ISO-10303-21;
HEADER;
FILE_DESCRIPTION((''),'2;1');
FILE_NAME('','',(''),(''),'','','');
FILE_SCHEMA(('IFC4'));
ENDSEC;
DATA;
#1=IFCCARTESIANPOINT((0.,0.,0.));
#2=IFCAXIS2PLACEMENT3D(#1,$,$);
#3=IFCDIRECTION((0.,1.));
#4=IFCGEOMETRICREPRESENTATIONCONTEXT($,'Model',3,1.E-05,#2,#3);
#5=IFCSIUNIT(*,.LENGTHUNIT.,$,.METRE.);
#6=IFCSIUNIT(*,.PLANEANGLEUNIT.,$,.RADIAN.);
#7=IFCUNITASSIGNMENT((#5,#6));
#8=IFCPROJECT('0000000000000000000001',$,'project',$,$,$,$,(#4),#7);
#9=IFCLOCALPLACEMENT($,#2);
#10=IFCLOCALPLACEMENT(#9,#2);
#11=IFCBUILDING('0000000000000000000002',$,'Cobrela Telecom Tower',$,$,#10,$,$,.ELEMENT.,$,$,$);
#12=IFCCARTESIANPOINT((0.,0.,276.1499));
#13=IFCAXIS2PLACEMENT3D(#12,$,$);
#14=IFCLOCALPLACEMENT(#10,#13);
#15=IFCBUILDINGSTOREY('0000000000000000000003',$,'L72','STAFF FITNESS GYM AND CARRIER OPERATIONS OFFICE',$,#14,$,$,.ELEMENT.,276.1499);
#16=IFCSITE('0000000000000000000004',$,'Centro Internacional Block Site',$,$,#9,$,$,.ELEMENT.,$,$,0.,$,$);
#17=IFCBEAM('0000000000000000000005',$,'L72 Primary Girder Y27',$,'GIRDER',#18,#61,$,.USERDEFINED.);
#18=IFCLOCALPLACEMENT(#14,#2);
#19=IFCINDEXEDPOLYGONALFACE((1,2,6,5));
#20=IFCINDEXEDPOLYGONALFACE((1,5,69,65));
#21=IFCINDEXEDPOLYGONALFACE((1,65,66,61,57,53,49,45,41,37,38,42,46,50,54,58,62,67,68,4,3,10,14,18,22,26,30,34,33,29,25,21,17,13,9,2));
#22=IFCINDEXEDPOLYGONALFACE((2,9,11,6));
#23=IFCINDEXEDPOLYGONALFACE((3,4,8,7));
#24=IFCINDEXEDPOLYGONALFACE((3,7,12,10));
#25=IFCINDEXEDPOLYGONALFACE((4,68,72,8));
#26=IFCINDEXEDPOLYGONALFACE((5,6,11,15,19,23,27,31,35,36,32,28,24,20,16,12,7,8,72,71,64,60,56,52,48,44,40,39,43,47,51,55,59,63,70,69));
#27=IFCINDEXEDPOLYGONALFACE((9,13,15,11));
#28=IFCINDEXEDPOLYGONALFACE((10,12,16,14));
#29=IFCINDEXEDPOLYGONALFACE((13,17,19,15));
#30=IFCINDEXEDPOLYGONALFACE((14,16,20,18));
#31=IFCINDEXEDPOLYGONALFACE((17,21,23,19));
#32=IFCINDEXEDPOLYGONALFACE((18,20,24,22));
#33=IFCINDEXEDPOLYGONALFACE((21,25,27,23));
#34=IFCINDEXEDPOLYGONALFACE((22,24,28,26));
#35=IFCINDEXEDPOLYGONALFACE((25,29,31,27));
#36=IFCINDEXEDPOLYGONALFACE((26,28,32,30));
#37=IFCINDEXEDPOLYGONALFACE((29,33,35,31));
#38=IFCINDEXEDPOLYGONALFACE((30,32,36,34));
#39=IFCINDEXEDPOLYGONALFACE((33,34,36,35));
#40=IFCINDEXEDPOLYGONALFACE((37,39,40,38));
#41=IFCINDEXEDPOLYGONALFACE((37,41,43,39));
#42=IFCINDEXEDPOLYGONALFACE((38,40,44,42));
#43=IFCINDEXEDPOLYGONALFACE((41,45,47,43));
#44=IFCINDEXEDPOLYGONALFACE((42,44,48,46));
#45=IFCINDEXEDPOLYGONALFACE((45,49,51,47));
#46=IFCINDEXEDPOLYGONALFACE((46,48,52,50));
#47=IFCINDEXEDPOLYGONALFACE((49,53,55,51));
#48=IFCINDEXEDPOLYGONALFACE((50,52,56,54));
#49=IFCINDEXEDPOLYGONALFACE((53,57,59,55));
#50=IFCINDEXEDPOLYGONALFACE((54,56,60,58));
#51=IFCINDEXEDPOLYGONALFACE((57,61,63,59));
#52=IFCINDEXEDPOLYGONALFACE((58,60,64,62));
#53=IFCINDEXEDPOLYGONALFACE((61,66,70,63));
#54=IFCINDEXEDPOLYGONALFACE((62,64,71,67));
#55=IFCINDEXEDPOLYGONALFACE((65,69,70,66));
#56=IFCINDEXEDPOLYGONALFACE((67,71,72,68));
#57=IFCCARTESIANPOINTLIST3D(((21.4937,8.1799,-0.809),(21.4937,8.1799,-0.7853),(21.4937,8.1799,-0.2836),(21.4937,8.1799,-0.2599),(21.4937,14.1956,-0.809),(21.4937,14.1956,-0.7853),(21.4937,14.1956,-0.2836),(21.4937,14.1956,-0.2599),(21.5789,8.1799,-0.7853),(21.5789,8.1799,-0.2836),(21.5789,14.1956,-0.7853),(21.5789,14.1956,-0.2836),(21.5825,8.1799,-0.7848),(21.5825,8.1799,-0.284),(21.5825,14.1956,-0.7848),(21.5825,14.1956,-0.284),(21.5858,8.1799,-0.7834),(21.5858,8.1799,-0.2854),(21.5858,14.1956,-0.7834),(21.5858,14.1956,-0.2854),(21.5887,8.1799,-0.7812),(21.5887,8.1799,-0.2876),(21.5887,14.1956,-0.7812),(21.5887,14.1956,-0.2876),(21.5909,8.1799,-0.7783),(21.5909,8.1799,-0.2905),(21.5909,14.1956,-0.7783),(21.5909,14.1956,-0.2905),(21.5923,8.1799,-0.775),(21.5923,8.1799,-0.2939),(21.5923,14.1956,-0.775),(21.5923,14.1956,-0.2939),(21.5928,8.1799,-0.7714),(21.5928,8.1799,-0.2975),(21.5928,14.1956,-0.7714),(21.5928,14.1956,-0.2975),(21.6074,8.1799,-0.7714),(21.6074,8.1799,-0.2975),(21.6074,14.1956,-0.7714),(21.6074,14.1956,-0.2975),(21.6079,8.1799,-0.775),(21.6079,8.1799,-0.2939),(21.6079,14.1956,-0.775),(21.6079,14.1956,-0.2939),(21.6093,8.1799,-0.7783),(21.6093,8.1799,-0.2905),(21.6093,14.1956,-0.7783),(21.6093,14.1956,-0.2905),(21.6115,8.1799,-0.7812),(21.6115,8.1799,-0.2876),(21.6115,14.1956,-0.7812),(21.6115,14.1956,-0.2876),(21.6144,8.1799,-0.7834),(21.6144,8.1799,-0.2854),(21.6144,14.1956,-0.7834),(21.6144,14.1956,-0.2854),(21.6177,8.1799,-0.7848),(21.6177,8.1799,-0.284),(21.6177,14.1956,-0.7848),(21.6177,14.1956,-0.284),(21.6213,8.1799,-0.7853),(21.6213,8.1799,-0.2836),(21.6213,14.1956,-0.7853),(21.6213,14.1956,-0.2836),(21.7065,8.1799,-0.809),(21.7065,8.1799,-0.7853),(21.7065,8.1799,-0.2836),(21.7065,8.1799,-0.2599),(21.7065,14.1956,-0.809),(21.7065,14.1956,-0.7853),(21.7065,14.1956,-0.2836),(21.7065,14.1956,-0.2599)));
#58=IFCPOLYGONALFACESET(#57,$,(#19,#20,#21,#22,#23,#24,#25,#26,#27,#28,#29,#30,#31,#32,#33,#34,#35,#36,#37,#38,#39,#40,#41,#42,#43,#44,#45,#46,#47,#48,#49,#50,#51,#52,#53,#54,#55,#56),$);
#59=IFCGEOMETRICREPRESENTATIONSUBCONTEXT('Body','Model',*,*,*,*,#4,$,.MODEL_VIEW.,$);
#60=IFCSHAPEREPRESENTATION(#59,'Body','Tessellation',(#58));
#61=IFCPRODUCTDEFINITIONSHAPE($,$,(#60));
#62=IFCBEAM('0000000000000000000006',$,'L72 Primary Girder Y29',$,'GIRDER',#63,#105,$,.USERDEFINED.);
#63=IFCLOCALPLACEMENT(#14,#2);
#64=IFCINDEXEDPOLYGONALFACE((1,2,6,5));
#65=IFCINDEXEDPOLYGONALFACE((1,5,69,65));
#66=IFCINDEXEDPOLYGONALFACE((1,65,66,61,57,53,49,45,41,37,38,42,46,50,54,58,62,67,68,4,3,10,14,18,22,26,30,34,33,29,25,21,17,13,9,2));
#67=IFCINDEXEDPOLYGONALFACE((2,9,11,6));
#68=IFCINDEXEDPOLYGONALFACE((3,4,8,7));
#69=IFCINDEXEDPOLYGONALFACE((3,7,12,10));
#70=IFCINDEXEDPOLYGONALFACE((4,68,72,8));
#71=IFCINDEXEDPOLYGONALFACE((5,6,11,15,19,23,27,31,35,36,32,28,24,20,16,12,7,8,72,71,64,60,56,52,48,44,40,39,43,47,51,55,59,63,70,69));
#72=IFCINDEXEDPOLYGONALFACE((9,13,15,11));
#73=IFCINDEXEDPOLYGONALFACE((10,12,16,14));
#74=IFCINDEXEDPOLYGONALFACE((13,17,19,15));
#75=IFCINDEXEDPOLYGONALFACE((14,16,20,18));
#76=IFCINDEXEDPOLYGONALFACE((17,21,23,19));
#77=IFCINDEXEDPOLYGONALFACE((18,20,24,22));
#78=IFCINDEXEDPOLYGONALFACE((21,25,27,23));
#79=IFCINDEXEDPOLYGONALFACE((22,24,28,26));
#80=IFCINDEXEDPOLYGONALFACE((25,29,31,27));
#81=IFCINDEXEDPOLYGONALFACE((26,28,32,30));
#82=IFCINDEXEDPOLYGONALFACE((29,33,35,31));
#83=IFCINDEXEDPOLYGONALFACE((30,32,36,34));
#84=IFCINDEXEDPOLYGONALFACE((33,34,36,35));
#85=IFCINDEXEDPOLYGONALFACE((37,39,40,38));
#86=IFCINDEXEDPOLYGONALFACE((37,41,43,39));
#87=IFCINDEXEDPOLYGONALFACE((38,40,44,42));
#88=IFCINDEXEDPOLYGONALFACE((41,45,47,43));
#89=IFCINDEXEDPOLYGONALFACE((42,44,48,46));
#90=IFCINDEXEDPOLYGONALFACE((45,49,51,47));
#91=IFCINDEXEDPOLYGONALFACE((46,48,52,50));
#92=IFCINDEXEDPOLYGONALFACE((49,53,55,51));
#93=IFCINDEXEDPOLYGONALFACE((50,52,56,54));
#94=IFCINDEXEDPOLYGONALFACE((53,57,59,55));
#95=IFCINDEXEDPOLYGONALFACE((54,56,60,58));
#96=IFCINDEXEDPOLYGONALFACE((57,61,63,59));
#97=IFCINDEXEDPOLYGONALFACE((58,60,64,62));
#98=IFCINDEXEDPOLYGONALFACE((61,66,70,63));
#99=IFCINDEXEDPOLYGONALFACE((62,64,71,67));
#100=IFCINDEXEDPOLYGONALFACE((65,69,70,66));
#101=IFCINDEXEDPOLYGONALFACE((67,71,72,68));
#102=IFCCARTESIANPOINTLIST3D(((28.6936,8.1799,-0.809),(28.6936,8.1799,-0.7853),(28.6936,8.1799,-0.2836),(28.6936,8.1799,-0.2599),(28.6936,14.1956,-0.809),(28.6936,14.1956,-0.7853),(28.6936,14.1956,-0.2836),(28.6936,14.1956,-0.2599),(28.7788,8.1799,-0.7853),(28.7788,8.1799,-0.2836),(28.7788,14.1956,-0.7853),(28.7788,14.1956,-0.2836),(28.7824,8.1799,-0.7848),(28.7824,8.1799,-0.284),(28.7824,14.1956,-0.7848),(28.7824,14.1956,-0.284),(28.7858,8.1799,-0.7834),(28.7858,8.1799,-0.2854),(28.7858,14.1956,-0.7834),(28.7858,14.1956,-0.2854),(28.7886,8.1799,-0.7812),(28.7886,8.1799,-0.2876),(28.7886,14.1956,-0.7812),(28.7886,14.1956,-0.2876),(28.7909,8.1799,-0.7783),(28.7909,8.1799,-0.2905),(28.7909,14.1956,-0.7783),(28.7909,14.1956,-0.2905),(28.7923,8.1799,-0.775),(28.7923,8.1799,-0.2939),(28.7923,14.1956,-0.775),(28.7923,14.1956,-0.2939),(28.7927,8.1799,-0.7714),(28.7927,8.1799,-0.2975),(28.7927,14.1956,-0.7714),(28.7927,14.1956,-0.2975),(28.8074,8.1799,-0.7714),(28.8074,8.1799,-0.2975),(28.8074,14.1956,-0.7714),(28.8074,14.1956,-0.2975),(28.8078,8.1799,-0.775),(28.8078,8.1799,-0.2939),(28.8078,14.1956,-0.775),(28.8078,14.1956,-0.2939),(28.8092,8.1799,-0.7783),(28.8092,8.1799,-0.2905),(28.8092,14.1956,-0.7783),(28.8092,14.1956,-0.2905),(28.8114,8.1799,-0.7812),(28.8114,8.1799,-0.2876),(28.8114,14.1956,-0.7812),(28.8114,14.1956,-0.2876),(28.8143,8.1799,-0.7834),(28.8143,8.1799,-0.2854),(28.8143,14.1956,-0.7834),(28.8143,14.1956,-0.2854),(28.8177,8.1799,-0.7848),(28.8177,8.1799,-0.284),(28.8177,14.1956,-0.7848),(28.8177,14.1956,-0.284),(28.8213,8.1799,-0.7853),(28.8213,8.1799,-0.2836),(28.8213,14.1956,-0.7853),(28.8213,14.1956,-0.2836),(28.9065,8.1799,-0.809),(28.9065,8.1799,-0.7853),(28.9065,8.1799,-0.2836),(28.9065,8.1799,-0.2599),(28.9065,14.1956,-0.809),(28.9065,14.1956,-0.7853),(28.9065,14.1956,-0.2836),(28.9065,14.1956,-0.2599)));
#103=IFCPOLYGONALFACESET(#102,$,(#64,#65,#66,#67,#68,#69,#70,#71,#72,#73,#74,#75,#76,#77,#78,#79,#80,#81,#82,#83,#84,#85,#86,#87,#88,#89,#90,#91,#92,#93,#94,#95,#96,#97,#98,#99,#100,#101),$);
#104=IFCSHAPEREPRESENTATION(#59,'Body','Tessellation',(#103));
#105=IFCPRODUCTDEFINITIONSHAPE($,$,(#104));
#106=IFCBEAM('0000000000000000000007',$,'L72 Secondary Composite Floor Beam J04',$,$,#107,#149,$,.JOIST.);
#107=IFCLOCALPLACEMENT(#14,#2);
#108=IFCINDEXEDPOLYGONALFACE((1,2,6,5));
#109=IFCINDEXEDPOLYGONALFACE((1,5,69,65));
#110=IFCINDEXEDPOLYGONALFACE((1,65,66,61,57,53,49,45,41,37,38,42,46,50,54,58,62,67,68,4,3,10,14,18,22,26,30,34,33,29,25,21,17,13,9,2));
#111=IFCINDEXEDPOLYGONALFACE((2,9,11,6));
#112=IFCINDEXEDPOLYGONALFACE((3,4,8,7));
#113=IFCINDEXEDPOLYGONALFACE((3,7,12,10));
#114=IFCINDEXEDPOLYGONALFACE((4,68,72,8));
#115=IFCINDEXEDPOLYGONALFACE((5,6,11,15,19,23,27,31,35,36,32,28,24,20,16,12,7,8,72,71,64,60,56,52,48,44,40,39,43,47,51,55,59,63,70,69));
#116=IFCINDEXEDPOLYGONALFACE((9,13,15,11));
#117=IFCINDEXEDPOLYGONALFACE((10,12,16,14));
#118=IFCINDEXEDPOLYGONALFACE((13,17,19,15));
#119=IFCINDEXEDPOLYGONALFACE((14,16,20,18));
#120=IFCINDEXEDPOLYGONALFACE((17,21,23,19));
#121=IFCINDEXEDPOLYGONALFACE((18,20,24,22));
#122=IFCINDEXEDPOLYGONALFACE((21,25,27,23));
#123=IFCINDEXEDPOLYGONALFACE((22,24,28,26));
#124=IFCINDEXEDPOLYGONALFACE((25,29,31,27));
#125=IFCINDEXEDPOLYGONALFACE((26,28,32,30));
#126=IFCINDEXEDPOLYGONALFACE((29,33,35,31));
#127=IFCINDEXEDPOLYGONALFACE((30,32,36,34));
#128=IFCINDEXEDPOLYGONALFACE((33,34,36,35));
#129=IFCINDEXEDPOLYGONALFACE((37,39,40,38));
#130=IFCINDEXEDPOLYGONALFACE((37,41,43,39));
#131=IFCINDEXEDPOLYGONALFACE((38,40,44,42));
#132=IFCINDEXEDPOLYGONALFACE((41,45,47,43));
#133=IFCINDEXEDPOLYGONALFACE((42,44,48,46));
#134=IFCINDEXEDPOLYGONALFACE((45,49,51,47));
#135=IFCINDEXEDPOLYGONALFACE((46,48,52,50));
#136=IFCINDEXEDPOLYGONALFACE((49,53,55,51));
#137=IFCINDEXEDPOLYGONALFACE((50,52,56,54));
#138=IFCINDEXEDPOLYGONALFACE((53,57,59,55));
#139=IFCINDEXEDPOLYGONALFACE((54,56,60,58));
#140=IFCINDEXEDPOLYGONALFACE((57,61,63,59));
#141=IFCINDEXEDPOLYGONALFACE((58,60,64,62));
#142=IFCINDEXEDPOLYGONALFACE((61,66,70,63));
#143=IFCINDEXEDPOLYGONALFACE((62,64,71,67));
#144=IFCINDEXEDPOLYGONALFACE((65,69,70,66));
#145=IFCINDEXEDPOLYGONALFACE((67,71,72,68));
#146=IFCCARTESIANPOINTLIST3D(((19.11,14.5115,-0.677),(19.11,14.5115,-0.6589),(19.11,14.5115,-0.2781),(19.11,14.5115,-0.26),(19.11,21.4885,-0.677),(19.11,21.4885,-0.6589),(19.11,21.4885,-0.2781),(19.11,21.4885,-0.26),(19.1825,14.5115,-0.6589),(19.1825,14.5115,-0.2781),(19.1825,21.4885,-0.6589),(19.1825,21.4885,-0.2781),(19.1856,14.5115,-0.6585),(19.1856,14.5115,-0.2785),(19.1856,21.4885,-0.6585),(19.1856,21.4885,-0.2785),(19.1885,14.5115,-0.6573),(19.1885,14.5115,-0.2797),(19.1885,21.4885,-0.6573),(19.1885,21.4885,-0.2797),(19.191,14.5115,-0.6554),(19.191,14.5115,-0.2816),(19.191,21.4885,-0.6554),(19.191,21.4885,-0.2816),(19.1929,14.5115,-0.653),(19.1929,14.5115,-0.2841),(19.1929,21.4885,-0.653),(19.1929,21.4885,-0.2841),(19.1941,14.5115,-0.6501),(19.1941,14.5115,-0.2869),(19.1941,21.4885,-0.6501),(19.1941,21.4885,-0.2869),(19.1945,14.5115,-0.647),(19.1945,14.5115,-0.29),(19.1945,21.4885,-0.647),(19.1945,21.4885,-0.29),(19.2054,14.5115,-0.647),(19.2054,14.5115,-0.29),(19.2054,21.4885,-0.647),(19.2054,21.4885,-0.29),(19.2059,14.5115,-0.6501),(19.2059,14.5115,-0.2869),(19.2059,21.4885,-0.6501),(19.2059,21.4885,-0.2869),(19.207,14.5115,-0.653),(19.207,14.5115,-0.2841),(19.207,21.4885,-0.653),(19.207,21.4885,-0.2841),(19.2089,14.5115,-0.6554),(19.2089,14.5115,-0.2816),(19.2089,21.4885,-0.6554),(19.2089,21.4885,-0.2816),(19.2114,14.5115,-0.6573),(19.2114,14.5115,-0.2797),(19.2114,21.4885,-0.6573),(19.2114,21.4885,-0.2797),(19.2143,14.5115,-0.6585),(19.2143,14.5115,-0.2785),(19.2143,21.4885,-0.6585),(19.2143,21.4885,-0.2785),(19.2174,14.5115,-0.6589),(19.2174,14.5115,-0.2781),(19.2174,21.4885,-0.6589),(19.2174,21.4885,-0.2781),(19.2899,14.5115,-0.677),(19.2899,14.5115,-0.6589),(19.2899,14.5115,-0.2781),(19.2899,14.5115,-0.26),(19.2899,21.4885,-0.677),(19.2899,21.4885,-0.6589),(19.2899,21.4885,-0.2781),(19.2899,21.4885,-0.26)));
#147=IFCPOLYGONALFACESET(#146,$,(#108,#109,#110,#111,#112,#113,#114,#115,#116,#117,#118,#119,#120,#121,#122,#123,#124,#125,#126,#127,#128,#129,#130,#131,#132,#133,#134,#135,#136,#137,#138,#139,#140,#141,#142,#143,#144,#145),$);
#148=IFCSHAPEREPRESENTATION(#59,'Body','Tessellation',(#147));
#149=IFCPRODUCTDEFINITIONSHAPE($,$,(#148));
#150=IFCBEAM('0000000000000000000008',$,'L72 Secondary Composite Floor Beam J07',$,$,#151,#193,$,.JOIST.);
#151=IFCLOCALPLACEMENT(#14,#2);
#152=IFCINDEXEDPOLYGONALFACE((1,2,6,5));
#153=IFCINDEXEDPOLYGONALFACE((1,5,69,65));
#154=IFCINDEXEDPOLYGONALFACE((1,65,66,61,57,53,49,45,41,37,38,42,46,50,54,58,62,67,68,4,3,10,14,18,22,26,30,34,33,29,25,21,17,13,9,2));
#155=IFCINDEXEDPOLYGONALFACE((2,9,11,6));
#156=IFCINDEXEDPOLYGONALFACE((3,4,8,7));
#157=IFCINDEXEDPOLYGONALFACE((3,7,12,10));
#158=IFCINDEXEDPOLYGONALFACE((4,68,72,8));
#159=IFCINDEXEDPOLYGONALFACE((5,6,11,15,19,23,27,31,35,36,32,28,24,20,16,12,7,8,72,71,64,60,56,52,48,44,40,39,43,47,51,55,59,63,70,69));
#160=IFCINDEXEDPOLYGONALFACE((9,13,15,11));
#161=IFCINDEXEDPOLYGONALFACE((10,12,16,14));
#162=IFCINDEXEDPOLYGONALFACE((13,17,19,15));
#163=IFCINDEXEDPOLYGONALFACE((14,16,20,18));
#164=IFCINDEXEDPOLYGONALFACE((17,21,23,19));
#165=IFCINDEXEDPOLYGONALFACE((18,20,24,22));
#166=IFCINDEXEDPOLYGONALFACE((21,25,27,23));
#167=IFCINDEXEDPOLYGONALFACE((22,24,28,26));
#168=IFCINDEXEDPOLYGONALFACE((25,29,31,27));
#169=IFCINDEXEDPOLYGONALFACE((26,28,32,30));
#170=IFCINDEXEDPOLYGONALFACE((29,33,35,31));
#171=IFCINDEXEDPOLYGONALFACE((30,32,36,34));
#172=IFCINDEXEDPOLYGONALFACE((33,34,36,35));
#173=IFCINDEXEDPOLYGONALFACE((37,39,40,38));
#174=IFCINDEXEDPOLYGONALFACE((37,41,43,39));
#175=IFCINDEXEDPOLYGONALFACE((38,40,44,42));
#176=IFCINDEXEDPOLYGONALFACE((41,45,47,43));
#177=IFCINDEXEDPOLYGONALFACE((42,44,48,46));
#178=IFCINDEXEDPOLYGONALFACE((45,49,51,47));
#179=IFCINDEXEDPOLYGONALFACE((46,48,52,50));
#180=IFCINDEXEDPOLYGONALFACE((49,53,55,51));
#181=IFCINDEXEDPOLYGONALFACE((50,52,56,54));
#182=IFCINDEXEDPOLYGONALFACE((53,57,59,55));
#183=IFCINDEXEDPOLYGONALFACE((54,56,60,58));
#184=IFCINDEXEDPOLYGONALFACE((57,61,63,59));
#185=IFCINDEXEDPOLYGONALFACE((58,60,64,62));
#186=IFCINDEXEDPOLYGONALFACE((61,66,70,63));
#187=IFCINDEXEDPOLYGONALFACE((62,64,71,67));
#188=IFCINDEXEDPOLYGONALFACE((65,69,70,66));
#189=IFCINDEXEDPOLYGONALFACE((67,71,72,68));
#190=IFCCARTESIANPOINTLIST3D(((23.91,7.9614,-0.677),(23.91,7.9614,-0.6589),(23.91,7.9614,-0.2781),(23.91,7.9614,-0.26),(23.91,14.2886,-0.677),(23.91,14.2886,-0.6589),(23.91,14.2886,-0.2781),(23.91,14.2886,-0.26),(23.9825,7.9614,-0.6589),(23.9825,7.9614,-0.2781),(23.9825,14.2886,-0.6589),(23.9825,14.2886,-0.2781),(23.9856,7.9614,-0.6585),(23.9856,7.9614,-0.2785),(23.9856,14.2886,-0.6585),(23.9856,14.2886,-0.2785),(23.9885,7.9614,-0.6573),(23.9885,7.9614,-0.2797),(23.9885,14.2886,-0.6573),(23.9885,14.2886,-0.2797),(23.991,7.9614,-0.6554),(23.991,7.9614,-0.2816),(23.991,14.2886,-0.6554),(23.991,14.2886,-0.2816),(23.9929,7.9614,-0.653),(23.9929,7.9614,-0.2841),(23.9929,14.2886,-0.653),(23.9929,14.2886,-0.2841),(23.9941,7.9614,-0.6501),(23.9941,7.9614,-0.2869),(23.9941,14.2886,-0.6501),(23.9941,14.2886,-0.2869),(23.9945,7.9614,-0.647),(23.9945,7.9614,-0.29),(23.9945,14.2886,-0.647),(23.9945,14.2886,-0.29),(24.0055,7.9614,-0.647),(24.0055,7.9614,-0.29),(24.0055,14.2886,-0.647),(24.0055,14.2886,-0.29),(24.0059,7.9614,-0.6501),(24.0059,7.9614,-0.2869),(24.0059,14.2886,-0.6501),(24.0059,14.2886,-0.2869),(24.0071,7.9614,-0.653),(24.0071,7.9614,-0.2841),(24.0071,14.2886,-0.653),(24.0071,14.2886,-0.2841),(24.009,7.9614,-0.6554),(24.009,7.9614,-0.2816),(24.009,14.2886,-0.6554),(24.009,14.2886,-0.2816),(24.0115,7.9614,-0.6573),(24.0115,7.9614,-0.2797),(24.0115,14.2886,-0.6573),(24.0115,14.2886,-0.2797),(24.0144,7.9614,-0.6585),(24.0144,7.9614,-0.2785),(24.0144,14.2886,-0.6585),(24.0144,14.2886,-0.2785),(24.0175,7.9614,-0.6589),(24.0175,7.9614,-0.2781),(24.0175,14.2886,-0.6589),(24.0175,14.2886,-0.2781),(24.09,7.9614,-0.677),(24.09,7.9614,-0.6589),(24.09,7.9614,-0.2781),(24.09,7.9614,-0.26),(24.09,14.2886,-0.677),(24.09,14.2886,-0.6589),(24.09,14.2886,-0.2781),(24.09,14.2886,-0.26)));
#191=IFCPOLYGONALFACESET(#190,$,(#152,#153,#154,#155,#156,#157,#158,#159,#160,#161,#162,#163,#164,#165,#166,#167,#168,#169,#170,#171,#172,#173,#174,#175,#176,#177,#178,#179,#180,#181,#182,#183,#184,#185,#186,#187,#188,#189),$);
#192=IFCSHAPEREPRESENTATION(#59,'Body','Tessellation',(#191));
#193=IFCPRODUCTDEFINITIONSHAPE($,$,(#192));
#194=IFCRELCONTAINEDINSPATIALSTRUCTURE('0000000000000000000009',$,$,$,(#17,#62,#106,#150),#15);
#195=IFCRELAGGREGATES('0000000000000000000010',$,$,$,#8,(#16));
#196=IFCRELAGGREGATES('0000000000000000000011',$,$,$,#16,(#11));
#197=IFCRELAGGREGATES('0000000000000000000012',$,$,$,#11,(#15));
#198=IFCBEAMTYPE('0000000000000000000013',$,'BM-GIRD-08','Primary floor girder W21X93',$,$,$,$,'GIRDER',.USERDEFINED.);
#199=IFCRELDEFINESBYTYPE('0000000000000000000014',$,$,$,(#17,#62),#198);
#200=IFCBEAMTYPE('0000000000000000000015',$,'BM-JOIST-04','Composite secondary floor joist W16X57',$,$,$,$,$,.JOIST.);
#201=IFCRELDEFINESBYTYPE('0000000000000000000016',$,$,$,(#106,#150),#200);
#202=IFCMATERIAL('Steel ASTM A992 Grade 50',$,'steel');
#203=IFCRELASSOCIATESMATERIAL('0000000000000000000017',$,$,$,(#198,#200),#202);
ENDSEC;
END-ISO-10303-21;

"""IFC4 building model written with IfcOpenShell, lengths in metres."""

from ifc_helpers import new_model, si_unit, direction, frame, origin, origin_2d, place, context, subcontext, project, spatial, i_section, extrude, material, material_profile, profile_set, type_object, element, save


model = new_model("IFC4")

# Units and contexts
model_context = context("Model", 3, precision=1e-05, world=origin(), true_north=direction((0.0, 1.0)))
body_context = subcontext(model_context, "Body", "Model", "MODEL_VIEW")
ifc_project = project(units=[si_unit("LENGTHUNIT", "METRE"), si_unit("PLANEANGLEUNIT", "RADIAN")], contexts=[model_context])

# Site, building, storey
site_placement = place(None, origin())
site = spatial("IfcSite", under=ifc_project, at=site_placement, Name="Centro Internacional Block Site", CompositionType="ELEMENT", RefElevation=0.0)
building_placement = place(site_placement, origin())
building = spatial("IfcBuilding", under=site, at=building_placement, Name="Cobrela Telecom Tower", CompositionType="ELEMENT")
storey_placement = place(building_placement, frame((0.0, 0.0, 276.1499)))
storey = spatial("IfcBuildingStorey", under=building, at=storey_placement, Name="L72", Description="STAFF FITNESS GYM AND CARRIER OPERATIONS OFFICE", CompositionType="ELEMENT", Elevation=276.1499)

# Shared definitions
ifc_material_1 = material(Name="Steel ASTM A992 Grade 50", Category="steel")

# Beams
ifc_material_profile_1 = material_profile(ifc_material_1, i_section(OverallWidth=0.2129, OverallDepth=0.5491, WebThickness=0.0146, FlangeThickness=0.0237, FilletRadius=0.0139, at=origin_2d()), Name="W21X93")
ifc_profile_set_1 = profile_set([ifc_material_profile_1], Name="Steel ASTM A992 Grade 50")
beam_type_1 = type_object("IfcBeamType", Name="BM-GIRD-08", Description="Primary floor girder W21X93", ElementType="GIRDER", PredefinedType="USERDEFINED", material=ifc_profile_set_1)
for number, where, z_axis, x_axis, name in (
    (1, (21.6001, 8.1799, -0.5344), (0.0, 1.0, 0.0), (-1.0, 0.0, 0.0), "L72 Primary Girder Y27"),
    (2, (28.8, 8.1799, -0.5344), (0.0, 1.0, 0.0), (-1.0, 0.0, 0.0), "L72 Primary Girder Y29"),
):
    element("IfcBeam", number, at=place(storey_placement, frame(where, z_axis=z_axis, x_axis=x_axis)), inside=storey, type_object=beam_type_1, Name=name, ObjectType="GIRDER", PredefinedType="USERDEFINED", context=body_context, shape_type="SweptSolid", body=[
        extrude(i_section(OverallWidth=0.2129, OverallDepth=0.5491, WebThickness=0.0146, FlangeThickness=0.0237, FilletRadius=0.0139, at=origin_2d()), origin(), (0.0, 0.0, 1.0), 6.0156),
    ])
ifc_material_profile_2 = material_profile(ifc_material_1, i_section(OverallWidth=0.1799, OverallDepth=0.417, WebThickness=0.011, FlangeThickness=0.0181, FilletRadius=0.012, at=origin_2d()), Name="W16X57")
ifc_profile_set_2 = profile_set([ifc_material_profile_2], Name="Steel ASTM A992 Grade 50")
beam_type_2 = type_object("IfcBeamType", Name="BM-JOIST-04", Description="Composite secondary floor joist W16X57", PredefinedType="JOIST", material=ifc_profile_set_2)
beam_1_placement = place(storey_placement, frame((19.2, 14.5115, -0.4685), z_axis=(0.0, 1.0, 0.0), x_axis=(-1.0, 0.0, 0.0)))
element("IfcBeam", 3, at=beam_1_placement, inside=storey, type_object=beam_type_2, Name="L72 Secondary Composite Floor Beam J04", PredefinedType="JOIST", context=body_context, shape_type="SweptSolid", body=[
    extrude(i_section(OverallWidth=0.1799, OverallDepth=0.417, WebThickness=0.011, FlangeThickness=0.0181, FilletRadius=0.012, at=origin_2d()), origin(), (0.0, 0.0, 1.0), 6.9771),
])
beam_2_placement = place(storey_placement, frame((24.0, 7.9614, -0.4685), z_axis=(0.0, 1.0, 0.0), x_axis=(-1.0, 0.0, 0.0)))
element("IfcBeam", 4, at=beam_2_placement, inside=storey, type_object=beam_type_2, Name="L72 Secondary Composite Floor Beam J07", PredefinedType="JOIST", context=body_context, shape_type="SweptSolid", body=[
    extrude(i_section(OverallWidth=0.1799, OverallDepth=0.417, WebThickness=0.011, FlangeThickness=0.0181, FilletRadius=0.012, at=origin_2d()), origin(), (0.0, 0.0, 1.0), 6.3271),
])

save(model, "model.ifc")
